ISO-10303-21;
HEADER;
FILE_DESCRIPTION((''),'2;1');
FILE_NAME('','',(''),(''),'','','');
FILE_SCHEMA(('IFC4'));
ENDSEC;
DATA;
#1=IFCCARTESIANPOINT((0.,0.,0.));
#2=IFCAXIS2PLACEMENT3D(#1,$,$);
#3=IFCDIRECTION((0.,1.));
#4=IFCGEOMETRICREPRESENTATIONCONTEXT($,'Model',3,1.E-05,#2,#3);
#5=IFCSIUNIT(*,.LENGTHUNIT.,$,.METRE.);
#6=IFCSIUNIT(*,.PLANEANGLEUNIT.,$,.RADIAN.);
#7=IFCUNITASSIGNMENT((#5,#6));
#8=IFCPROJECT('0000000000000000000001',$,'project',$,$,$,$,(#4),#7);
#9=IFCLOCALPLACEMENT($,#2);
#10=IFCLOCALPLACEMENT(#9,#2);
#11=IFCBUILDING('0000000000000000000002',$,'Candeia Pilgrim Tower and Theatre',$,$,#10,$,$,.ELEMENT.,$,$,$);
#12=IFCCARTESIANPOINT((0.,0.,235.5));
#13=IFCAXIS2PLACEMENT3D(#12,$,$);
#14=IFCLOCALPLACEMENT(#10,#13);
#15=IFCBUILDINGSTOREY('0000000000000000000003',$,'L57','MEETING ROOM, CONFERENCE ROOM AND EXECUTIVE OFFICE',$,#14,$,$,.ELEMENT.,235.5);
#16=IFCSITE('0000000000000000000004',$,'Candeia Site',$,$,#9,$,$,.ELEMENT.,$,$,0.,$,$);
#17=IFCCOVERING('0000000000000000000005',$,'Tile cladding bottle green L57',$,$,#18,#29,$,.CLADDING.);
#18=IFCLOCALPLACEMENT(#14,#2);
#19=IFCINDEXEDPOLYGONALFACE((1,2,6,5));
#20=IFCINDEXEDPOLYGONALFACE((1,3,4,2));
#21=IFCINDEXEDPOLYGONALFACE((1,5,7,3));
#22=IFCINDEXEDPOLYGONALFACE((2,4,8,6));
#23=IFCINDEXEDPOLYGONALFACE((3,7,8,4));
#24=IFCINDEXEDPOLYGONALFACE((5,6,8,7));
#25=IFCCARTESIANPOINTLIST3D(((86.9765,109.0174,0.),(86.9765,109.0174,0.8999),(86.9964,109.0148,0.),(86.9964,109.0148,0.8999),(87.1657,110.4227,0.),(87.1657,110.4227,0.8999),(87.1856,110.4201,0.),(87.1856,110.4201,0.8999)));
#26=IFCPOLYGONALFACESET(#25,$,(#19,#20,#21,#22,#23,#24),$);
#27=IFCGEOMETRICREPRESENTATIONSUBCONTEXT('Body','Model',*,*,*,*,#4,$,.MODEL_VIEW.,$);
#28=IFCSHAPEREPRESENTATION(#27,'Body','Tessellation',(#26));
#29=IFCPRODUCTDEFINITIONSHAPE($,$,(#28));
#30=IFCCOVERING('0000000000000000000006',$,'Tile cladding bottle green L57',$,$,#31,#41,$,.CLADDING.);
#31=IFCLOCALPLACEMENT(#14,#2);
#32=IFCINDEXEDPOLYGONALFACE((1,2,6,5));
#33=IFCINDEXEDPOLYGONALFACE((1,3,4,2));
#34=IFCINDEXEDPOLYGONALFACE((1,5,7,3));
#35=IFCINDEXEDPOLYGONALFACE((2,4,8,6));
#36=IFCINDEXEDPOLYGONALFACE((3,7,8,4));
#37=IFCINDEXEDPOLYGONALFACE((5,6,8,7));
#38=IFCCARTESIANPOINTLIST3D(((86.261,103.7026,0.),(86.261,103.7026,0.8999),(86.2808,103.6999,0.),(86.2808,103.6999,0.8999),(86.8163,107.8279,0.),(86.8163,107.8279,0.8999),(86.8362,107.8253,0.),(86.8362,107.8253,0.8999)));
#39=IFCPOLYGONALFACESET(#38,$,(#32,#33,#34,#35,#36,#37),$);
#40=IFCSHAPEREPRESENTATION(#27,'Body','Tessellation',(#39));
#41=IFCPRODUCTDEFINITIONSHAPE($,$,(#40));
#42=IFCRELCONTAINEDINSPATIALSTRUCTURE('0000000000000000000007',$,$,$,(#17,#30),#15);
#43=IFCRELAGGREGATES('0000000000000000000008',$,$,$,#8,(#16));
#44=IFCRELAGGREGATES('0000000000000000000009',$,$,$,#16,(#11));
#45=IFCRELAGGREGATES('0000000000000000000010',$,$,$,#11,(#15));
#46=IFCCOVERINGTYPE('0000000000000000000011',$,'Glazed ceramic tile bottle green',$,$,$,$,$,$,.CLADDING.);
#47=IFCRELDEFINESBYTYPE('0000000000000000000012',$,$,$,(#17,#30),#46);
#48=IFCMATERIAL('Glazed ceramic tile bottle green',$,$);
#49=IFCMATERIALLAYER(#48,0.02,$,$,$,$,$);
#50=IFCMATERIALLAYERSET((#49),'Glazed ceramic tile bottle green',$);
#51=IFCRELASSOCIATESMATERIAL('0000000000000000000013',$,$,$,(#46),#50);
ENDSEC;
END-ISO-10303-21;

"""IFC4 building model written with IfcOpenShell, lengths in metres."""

from ifc_helpers import new_model, si_unit, direction, frame, origin, origin_2d, place, context, subcontext, project, spatial, rectangle, extrude, material, layer, layer_set, type_object, element, save


model = new_model("IFC4")

# Units and contexts
model_context = context("Model", 3, precision=1e-05, world=origin(), true_north=direction((0.0, 1.0)))
body_context = subcontext(model_context, "Body", "Model", "MODEL_VIEW")
ifc_project = project(units=[si_unit("LENGTHUNIT", "METRE"), si_unit("PLANEANGLEUNIT", "RADIAN")], contexts=[model_context])

# Site, building, storey
site_placement = place(None, origin())
site = spatial("IfcSite", under=ifc_project, at=site_placement, Name="Candeia Site", CompositionType="ELEMENT", RefElevation=0.0)
building_placement = place(site_placement, origin())
building = spatial("IfcBuilding", under=site, at=building_placement, Name="Candeia Pilgrim Tower and Theatre", CompositionType="ELEMENT")
storey_placement = place(building_placement, frame((0.0, 0.0, 235.5)))
storey = spatial("IfcBuildingStorey", under=building, at=storey_placement, Name="L57", Description="MEETING ROOM, CONFERENCE ROOM AND EXECUTIVE OFFICE", CompositionType="ELEMENT", Elevation=235.5)

# Coverings
ifc_material_1 = material(Name="Glazed ceramic tile bottle green")
ifc_layer_1 = layer(ifc_material_1, 0.02)
ifc_layer_set_1 = layer_set([ifc_layer_1], Name="Glazed ceramic tile bottle green")
covering_type = type_object("IfcCoveringType", Name="Glazed ceramic tile bottle green", PredefinedType="CLADDING", material=ifc_layer_set_1)
covering_1_placement = place(storey_placement, frame((87.0811, 109.7188, 0.0), z_axis=(0.0, 0.0, 1.0), x_axis=(-0.133412, -0.991061, 0.0)))
element("IfcCovering", 1, at=covering_1_placement, inside=storey, type_object=covering_type, Name="Tile cladding bottle green L57", PredefinedType="CLADDING", context=body_context, shape_type="SweptSolid", body=[
    extrude(rectangle(XDim=1.418, YDim=0.02, at=origin_2d()), origin(), (0.0, 0.0, 1.0), 0.8999),
])
covering_2_placement = place(storey_placement, frame((86.5486, 105.7639, 0.0), z_axis=(0.0, 0.0, 1.0), x_axis=(-0.133412, -0.991061, 0.0)))
element("IfcCovering", 2, at=covering_2_placement, inside=storey, type_object=covering_type, Name="Tile cladding bottle green L57", PredefinedType="CLADDING", context=body_context, shape_type="SweptSolid", body=[
    extrude(rectangle(XDim=4.1626, YDim=0.02, at=origin_2d()), origin(), (0.0, 0.0, 1.0), 0.8999),
])

save(model, "model.ifc")
